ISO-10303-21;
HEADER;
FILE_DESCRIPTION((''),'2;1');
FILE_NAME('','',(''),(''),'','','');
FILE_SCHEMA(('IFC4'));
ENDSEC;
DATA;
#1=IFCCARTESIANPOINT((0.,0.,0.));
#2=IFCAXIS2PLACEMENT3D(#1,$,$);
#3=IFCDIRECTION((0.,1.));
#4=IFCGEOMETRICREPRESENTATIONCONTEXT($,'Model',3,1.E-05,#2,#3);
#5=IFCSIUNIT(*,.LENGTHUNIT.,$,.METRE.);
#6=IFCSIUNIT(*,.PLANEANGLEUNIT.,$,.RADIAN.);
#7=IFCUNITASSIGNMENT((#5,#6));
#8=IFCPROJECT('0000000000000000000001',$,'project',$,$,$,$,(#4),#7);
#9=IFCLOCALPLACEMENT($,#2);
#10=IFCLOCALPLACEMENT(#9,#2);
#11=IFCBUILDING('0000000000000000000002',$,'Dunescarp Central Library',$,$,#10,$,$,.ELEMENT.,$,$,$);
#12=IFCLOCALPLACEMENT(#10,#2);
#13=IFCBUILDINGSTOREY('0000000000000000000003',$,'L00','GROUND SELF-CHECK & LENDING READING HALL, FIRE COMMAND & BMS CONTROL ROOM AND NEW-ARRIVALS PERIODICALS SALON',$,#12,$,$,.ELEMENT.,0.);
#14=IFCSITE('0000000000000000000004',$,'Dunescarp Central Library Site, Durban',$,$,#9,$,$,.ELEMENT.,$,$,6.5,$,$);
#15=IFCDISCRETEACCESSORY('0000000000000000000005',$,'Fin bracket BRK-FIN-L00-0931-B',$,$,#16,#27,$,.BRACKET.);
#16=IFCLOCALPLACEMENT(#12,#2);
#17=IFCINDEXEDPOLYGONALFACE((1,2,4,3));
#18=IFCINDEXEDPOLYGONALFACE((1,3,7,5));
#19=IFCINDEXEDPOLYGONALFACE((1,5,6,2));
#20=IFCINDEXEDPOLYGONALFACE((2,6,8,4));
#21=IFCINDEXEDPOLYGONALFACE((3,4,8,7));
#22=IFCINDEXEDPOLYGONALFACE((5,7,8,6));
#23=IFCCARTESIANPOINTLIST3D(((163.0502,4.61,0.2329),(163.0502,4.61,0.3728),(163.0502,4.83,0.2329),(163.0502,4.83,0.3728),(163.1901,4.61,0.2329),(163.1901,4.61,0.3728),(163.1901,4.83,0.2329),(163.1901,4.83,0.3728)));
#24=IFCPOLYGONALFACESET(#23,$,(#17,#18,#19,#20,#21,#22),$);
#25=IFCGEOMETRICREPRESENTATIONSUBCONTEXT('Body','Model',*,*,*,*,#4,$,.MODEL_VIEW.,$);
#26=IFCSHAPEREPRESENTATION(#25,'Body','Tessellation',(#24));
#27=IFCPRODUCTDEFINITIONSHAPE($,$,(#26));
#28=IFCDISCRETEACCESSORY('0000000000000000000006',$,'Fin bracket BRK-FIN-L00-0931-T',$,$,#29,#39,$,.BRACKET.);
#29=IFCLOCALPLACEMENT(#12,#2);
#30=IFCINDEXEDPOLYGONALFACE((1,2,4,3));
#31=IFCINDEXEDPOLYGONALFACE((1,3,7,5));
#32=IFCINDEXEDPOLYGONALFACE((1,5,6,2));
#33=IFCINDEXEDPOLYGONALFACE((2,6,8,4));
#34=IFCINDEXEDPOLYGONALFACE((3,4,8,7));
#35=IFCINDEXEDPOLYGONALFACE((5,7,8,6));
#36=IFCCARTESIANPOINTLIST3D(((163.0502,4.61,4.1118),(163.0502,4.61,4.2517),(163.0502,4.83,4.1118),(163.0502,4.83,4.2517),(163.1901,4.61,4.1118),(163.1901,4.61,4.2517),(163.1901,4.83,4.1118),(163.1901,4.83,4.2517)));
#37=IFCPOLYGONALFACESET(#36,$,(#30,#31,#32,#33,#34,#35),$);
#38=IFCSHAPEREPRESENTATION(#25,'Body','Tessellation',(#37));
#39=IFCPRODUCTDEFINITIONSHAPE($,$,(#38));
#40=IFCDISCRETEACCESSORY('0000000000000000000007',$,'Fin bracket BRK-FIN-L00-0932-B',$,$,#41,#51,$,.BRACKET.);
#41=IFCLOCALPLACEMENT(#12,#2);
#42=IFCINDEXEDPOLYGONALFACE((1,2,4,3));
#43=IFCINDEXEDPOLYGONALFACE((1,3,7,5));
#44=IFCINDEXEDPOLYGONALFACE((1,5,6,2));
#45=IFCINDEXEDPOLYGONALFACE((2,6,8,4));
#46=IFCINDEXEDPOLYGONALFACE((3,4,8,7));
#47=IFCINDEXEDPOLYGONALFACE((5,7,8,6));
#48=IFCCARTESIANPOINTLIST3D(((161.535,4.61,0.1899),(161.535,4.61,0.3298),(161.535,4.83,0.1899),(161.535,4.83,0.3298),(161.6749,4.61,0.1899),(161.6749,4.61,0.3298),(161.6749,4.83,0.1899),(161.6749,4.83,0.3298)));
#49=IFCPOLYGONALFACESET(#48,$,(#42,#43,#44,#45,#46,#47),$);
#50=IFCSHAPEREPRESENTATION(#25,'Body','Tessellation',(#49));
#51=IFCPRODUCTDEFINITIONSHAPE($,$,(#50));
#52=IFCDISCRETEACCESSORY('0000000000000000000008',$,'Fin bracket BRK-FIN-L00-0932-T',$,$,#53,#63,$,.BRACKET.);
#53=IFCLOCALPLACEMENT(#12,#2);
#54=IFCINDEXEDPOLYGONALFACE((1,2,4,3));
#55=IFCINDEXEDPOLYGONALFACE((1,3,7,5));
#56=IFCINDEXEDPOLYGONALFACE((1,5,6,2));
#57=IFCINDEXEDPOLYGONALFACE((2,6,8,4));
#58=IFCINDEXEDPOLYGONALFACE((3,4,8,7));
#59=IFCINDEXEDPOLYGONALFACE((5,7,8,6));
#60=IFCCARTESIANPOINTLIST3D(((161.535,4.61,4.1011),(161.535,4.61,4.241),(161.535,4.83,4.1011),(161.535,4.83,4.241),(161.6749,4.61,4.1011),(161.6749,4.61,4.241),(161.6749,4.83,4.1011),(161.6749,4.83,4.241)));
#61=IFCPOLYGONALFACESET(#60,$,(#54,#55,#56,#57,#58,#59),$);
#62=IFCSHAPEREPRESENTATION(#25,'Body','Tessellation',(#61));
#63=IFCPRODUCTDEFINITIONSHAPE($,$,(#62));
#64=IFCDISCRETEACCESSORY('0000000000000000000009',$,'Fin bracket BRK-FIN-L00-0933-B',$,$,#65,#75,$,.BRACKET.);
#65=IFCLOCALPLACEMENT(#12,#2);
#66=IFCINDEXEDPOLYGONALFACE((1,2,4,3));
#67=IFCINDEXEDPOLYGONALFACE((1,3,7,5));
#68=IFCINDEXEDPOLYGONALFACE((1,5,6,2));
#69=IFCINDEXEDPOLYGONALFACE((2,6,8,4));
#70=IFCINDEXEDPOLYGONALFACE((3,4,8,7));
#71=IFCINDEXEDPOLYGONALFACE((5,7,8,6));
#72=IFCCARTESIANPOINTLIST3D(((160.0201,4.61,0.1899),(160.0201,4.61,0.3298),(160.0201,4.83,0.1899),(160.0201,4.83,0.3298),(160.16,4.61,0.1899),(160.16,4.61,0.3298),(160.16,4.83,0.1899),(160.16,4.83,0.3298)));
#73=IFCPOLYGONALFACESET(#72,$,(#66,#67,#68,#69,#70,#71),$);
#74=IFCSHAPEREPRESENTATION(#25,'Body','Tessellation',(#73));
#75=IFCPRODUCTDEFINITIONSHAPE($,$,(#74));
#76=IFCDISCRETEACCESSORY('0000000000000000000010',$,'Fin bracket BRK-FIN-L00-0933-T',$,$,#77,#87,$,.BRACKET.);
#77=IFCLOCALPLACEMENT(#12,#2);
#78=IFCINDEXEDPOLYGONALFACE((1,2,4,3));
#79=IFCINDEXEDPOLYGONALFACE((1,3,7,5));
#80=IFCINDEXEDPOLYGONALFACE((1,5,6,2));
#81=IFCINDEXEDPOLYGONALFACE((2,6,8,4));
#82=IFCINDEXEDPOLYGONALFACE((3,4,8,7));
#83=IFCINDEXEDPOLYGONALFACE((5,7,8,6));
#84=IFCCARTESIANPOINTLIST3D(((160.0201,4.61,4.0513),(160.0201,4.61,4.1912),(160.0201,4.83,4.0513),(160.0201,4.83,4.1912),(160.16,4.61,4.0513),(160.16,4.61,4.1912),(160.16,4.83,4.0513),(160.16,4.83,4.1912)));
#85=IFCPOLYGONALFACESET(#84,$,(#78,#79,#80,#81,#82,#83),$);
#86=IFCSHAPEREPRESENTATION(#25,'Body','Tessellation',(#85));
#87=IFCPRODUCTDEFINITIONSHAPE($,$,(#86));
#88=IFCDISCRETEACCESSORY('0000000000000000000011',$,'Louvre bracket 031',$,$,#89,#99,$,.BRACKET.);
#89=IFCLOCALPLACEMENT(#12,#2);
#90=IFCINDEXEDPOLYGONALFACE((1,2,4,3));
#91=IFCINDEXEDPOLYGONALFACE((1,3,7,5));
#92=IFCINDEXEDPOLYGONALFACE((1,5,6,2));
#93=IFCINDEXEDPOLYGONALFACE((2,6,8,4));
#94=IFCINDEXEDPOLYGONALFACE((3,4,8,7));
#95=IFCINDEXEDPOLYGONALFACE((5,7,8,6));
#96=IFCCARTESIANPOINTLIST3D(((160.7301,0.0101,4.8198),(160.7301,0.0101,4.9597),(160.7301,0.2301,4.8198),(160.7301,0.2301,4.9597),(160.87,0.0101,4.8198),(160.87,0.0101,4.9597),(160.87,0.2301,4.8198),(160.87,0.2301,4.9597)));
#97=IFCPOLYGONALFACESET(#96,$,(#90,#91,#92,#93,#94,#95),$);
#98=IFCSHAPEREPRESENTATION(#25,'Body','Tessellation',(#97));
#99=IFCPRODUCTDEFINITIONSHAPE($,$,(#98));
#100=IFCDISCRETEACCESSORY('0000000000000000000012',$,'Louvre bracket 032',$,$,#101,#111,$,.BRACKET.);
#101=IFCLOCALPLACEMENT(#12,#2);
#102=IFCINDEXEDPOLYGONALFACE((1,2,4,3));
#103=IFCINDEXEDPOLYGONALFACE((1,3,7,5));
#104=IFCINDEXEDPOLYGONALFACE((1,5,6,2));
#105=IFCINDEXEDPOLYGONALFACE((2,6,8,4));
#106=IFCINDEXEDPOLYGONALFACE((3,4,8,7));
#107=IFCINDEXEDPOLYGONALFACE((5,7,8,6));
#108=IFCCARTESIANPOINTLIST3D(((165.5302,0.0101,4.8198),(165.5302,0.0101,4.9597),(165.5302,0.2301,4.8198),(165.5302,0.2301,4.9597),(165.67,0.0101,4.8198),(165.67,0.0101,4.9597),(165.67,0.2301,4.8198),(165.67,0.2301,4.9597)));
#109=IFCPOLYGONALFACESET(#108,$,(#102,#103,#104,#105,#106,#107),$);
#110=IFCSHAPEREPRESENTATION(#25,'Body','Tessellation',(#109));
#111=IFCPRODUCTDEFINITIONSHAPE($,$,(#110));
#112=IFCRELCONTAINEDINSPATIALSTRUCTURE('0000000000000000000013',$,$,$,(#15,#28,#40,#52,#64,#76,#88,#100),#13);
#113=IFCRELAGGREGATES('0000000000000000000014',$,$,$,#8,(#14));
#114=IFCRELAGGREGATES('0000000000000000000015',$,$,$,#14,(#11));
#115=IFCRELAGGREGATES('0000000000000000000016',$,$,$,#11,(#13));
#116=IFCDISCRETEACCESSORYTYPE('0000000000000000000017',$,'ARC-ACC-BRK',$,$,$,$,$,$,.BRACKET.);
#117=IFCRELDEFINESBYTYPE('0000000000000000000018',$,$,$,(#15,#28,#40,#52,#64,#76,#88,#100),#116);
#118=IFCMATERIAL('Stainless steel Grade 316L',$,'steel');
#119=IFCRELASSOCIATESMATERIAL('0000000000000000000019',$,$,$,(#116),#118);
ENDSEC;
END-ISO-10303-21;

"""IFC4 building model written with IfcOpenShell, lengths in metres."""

from ifc_helpers import new_model, si_unit, direction, frame, origin, origin_2d, place, context, subcontext, project, spatial, rectangle, extrude, material, type_object, element, save


model = new_model("IFC4")

# Units and contexts
model_context = context("Model", 3, precision=1e-05, world=origin(), true_north=direction((0.0, 1.0)))
body_context = subcontext(model_context, "Body", "Model", "MODEL_VIEW")
ifc_project = project(units=[si_unit("LENGTHUNIT", "METRE"), si_unit("PLANEANGLEUNIT", "RADIAN")], contexts=[model_context])

# Site, building, storey
site_placement = place(None, origin())
site = spatial("IfcSite", under=ifc_project, at=site_placement, Name="Dunescarp Central Library Site, Durban", CompositionType="ELEMENT", RefElevation=6.5)
building_placement = place(site_placement, origin())
building = spatial("IfcBuilding", under=site, at=building_placement, Name="Dunescarp Central Library", CompositionType="ELEMENT")
storey_placement = place(building_placement, origin())
storey = spatial("IfcBuildingStorey", under=building, at=storey_placement, Name="L00", Description="GROUND SELF-CHECK & LENDING READING HALL, FIRE COMMAND & BMS CONTROL ROOM AND NEW-ARRIVALS PERIODICALS SALON", CompositionType="ELEMENT", Elevation=0.0)

# Discrete accessories
ifc_material_1 = material(Name="Stainless steel Grade 316L", Category="steel")
discrete_accessory_type = type_object("IfcDiscreteAccessoryType", Name="ARC-ACC-BRK", PredefinedType="BRACKET", material=ifc_material_1)
for number, where, z_axis, x_axis, name in (
    (1, (163.1201, 4.72, 0.2329), (0.0, 0.0, 1.0), (0.0, -1.0, 0.0), "Fin bracket BRK-FIN-L00-0931-B"),
    (2, (163.1201, 4.72, 4.1118), (0.0, 0.0, 1.0), (0.0, -1.0, 0.0), "Fin bracket BRK-FIN-L00-0931-T"),
    (3, (161.605, 4.72, 0.1899), (0.0, 0.0, 1.0), (0.0, -1.0, 0.0), "Fin bracket BRK-FIN-L00-0932-B"),
    (4, (161.605, 4.72, 4.1011), (0.0, 0.0, 1.0), (0.0, -1.0, 0.0), "Fin bracket BRK-FIN-L00-0932-T"),
    (5, (160.0901, 4.72, 0.1899), (0.0, 0.0, 1.0), (0.0, -1.0, 0.0), "Fin bracket BRK-FIN-L00-0933-B"),
    (6, (160.0901, 4.72, 4.0513), (0.0, 0.0, 1.0), (0.0, -1.0, 0.0), "Fin bracket BRK-FIN-L00-0933-T"),
):
    element("IfcDiscreteAccessory", number, at=place(storey_placement, frame(where, z_axis=z_axis, x_axis=x_axis)), inside=storey, type_object=discrete_accessory_type, Name=name, PredefinedType="BRACKET", context=body_context, shape_type="SweptSolid", body=[
        extrude(rectangle(XDim=0.22, YDim=0.1399, at=origin_2d()), origin(), (0.0, 0.0, 1.0), 0.1399),
    ])
for number, where, z_axis, x_axis, name in (
    (7, (160.8, 0.1201, 4.8198), (0.0, 0.0, 1.0), (1.0, 0.0, 0.0), "Louvre bracket 031"),
    (8, (165.6001, 0.1201, 4.8198), (0.0, 0.0, 1.0), (1.0, 0.0, 0.0), "Louvre bracket 032"),
):
    element("IfcDiscreteAccessory", number, at=place(storey_placement, frame(where, z_axis=z_axis, x_axis=x_axis)), inside=storey, type_object=discrete_accessory_type, Name=name, PredefinedType="BRACKET", context=body_context, shape_type="SweptSolid", body=[
        extrude(rectangle(XDim=0.1399, YDim=0.22, at=origin_2d()), origin(), (0.0, 0.0, 1.0), 0.1399),
    ])

save(model, "model.ifc")
